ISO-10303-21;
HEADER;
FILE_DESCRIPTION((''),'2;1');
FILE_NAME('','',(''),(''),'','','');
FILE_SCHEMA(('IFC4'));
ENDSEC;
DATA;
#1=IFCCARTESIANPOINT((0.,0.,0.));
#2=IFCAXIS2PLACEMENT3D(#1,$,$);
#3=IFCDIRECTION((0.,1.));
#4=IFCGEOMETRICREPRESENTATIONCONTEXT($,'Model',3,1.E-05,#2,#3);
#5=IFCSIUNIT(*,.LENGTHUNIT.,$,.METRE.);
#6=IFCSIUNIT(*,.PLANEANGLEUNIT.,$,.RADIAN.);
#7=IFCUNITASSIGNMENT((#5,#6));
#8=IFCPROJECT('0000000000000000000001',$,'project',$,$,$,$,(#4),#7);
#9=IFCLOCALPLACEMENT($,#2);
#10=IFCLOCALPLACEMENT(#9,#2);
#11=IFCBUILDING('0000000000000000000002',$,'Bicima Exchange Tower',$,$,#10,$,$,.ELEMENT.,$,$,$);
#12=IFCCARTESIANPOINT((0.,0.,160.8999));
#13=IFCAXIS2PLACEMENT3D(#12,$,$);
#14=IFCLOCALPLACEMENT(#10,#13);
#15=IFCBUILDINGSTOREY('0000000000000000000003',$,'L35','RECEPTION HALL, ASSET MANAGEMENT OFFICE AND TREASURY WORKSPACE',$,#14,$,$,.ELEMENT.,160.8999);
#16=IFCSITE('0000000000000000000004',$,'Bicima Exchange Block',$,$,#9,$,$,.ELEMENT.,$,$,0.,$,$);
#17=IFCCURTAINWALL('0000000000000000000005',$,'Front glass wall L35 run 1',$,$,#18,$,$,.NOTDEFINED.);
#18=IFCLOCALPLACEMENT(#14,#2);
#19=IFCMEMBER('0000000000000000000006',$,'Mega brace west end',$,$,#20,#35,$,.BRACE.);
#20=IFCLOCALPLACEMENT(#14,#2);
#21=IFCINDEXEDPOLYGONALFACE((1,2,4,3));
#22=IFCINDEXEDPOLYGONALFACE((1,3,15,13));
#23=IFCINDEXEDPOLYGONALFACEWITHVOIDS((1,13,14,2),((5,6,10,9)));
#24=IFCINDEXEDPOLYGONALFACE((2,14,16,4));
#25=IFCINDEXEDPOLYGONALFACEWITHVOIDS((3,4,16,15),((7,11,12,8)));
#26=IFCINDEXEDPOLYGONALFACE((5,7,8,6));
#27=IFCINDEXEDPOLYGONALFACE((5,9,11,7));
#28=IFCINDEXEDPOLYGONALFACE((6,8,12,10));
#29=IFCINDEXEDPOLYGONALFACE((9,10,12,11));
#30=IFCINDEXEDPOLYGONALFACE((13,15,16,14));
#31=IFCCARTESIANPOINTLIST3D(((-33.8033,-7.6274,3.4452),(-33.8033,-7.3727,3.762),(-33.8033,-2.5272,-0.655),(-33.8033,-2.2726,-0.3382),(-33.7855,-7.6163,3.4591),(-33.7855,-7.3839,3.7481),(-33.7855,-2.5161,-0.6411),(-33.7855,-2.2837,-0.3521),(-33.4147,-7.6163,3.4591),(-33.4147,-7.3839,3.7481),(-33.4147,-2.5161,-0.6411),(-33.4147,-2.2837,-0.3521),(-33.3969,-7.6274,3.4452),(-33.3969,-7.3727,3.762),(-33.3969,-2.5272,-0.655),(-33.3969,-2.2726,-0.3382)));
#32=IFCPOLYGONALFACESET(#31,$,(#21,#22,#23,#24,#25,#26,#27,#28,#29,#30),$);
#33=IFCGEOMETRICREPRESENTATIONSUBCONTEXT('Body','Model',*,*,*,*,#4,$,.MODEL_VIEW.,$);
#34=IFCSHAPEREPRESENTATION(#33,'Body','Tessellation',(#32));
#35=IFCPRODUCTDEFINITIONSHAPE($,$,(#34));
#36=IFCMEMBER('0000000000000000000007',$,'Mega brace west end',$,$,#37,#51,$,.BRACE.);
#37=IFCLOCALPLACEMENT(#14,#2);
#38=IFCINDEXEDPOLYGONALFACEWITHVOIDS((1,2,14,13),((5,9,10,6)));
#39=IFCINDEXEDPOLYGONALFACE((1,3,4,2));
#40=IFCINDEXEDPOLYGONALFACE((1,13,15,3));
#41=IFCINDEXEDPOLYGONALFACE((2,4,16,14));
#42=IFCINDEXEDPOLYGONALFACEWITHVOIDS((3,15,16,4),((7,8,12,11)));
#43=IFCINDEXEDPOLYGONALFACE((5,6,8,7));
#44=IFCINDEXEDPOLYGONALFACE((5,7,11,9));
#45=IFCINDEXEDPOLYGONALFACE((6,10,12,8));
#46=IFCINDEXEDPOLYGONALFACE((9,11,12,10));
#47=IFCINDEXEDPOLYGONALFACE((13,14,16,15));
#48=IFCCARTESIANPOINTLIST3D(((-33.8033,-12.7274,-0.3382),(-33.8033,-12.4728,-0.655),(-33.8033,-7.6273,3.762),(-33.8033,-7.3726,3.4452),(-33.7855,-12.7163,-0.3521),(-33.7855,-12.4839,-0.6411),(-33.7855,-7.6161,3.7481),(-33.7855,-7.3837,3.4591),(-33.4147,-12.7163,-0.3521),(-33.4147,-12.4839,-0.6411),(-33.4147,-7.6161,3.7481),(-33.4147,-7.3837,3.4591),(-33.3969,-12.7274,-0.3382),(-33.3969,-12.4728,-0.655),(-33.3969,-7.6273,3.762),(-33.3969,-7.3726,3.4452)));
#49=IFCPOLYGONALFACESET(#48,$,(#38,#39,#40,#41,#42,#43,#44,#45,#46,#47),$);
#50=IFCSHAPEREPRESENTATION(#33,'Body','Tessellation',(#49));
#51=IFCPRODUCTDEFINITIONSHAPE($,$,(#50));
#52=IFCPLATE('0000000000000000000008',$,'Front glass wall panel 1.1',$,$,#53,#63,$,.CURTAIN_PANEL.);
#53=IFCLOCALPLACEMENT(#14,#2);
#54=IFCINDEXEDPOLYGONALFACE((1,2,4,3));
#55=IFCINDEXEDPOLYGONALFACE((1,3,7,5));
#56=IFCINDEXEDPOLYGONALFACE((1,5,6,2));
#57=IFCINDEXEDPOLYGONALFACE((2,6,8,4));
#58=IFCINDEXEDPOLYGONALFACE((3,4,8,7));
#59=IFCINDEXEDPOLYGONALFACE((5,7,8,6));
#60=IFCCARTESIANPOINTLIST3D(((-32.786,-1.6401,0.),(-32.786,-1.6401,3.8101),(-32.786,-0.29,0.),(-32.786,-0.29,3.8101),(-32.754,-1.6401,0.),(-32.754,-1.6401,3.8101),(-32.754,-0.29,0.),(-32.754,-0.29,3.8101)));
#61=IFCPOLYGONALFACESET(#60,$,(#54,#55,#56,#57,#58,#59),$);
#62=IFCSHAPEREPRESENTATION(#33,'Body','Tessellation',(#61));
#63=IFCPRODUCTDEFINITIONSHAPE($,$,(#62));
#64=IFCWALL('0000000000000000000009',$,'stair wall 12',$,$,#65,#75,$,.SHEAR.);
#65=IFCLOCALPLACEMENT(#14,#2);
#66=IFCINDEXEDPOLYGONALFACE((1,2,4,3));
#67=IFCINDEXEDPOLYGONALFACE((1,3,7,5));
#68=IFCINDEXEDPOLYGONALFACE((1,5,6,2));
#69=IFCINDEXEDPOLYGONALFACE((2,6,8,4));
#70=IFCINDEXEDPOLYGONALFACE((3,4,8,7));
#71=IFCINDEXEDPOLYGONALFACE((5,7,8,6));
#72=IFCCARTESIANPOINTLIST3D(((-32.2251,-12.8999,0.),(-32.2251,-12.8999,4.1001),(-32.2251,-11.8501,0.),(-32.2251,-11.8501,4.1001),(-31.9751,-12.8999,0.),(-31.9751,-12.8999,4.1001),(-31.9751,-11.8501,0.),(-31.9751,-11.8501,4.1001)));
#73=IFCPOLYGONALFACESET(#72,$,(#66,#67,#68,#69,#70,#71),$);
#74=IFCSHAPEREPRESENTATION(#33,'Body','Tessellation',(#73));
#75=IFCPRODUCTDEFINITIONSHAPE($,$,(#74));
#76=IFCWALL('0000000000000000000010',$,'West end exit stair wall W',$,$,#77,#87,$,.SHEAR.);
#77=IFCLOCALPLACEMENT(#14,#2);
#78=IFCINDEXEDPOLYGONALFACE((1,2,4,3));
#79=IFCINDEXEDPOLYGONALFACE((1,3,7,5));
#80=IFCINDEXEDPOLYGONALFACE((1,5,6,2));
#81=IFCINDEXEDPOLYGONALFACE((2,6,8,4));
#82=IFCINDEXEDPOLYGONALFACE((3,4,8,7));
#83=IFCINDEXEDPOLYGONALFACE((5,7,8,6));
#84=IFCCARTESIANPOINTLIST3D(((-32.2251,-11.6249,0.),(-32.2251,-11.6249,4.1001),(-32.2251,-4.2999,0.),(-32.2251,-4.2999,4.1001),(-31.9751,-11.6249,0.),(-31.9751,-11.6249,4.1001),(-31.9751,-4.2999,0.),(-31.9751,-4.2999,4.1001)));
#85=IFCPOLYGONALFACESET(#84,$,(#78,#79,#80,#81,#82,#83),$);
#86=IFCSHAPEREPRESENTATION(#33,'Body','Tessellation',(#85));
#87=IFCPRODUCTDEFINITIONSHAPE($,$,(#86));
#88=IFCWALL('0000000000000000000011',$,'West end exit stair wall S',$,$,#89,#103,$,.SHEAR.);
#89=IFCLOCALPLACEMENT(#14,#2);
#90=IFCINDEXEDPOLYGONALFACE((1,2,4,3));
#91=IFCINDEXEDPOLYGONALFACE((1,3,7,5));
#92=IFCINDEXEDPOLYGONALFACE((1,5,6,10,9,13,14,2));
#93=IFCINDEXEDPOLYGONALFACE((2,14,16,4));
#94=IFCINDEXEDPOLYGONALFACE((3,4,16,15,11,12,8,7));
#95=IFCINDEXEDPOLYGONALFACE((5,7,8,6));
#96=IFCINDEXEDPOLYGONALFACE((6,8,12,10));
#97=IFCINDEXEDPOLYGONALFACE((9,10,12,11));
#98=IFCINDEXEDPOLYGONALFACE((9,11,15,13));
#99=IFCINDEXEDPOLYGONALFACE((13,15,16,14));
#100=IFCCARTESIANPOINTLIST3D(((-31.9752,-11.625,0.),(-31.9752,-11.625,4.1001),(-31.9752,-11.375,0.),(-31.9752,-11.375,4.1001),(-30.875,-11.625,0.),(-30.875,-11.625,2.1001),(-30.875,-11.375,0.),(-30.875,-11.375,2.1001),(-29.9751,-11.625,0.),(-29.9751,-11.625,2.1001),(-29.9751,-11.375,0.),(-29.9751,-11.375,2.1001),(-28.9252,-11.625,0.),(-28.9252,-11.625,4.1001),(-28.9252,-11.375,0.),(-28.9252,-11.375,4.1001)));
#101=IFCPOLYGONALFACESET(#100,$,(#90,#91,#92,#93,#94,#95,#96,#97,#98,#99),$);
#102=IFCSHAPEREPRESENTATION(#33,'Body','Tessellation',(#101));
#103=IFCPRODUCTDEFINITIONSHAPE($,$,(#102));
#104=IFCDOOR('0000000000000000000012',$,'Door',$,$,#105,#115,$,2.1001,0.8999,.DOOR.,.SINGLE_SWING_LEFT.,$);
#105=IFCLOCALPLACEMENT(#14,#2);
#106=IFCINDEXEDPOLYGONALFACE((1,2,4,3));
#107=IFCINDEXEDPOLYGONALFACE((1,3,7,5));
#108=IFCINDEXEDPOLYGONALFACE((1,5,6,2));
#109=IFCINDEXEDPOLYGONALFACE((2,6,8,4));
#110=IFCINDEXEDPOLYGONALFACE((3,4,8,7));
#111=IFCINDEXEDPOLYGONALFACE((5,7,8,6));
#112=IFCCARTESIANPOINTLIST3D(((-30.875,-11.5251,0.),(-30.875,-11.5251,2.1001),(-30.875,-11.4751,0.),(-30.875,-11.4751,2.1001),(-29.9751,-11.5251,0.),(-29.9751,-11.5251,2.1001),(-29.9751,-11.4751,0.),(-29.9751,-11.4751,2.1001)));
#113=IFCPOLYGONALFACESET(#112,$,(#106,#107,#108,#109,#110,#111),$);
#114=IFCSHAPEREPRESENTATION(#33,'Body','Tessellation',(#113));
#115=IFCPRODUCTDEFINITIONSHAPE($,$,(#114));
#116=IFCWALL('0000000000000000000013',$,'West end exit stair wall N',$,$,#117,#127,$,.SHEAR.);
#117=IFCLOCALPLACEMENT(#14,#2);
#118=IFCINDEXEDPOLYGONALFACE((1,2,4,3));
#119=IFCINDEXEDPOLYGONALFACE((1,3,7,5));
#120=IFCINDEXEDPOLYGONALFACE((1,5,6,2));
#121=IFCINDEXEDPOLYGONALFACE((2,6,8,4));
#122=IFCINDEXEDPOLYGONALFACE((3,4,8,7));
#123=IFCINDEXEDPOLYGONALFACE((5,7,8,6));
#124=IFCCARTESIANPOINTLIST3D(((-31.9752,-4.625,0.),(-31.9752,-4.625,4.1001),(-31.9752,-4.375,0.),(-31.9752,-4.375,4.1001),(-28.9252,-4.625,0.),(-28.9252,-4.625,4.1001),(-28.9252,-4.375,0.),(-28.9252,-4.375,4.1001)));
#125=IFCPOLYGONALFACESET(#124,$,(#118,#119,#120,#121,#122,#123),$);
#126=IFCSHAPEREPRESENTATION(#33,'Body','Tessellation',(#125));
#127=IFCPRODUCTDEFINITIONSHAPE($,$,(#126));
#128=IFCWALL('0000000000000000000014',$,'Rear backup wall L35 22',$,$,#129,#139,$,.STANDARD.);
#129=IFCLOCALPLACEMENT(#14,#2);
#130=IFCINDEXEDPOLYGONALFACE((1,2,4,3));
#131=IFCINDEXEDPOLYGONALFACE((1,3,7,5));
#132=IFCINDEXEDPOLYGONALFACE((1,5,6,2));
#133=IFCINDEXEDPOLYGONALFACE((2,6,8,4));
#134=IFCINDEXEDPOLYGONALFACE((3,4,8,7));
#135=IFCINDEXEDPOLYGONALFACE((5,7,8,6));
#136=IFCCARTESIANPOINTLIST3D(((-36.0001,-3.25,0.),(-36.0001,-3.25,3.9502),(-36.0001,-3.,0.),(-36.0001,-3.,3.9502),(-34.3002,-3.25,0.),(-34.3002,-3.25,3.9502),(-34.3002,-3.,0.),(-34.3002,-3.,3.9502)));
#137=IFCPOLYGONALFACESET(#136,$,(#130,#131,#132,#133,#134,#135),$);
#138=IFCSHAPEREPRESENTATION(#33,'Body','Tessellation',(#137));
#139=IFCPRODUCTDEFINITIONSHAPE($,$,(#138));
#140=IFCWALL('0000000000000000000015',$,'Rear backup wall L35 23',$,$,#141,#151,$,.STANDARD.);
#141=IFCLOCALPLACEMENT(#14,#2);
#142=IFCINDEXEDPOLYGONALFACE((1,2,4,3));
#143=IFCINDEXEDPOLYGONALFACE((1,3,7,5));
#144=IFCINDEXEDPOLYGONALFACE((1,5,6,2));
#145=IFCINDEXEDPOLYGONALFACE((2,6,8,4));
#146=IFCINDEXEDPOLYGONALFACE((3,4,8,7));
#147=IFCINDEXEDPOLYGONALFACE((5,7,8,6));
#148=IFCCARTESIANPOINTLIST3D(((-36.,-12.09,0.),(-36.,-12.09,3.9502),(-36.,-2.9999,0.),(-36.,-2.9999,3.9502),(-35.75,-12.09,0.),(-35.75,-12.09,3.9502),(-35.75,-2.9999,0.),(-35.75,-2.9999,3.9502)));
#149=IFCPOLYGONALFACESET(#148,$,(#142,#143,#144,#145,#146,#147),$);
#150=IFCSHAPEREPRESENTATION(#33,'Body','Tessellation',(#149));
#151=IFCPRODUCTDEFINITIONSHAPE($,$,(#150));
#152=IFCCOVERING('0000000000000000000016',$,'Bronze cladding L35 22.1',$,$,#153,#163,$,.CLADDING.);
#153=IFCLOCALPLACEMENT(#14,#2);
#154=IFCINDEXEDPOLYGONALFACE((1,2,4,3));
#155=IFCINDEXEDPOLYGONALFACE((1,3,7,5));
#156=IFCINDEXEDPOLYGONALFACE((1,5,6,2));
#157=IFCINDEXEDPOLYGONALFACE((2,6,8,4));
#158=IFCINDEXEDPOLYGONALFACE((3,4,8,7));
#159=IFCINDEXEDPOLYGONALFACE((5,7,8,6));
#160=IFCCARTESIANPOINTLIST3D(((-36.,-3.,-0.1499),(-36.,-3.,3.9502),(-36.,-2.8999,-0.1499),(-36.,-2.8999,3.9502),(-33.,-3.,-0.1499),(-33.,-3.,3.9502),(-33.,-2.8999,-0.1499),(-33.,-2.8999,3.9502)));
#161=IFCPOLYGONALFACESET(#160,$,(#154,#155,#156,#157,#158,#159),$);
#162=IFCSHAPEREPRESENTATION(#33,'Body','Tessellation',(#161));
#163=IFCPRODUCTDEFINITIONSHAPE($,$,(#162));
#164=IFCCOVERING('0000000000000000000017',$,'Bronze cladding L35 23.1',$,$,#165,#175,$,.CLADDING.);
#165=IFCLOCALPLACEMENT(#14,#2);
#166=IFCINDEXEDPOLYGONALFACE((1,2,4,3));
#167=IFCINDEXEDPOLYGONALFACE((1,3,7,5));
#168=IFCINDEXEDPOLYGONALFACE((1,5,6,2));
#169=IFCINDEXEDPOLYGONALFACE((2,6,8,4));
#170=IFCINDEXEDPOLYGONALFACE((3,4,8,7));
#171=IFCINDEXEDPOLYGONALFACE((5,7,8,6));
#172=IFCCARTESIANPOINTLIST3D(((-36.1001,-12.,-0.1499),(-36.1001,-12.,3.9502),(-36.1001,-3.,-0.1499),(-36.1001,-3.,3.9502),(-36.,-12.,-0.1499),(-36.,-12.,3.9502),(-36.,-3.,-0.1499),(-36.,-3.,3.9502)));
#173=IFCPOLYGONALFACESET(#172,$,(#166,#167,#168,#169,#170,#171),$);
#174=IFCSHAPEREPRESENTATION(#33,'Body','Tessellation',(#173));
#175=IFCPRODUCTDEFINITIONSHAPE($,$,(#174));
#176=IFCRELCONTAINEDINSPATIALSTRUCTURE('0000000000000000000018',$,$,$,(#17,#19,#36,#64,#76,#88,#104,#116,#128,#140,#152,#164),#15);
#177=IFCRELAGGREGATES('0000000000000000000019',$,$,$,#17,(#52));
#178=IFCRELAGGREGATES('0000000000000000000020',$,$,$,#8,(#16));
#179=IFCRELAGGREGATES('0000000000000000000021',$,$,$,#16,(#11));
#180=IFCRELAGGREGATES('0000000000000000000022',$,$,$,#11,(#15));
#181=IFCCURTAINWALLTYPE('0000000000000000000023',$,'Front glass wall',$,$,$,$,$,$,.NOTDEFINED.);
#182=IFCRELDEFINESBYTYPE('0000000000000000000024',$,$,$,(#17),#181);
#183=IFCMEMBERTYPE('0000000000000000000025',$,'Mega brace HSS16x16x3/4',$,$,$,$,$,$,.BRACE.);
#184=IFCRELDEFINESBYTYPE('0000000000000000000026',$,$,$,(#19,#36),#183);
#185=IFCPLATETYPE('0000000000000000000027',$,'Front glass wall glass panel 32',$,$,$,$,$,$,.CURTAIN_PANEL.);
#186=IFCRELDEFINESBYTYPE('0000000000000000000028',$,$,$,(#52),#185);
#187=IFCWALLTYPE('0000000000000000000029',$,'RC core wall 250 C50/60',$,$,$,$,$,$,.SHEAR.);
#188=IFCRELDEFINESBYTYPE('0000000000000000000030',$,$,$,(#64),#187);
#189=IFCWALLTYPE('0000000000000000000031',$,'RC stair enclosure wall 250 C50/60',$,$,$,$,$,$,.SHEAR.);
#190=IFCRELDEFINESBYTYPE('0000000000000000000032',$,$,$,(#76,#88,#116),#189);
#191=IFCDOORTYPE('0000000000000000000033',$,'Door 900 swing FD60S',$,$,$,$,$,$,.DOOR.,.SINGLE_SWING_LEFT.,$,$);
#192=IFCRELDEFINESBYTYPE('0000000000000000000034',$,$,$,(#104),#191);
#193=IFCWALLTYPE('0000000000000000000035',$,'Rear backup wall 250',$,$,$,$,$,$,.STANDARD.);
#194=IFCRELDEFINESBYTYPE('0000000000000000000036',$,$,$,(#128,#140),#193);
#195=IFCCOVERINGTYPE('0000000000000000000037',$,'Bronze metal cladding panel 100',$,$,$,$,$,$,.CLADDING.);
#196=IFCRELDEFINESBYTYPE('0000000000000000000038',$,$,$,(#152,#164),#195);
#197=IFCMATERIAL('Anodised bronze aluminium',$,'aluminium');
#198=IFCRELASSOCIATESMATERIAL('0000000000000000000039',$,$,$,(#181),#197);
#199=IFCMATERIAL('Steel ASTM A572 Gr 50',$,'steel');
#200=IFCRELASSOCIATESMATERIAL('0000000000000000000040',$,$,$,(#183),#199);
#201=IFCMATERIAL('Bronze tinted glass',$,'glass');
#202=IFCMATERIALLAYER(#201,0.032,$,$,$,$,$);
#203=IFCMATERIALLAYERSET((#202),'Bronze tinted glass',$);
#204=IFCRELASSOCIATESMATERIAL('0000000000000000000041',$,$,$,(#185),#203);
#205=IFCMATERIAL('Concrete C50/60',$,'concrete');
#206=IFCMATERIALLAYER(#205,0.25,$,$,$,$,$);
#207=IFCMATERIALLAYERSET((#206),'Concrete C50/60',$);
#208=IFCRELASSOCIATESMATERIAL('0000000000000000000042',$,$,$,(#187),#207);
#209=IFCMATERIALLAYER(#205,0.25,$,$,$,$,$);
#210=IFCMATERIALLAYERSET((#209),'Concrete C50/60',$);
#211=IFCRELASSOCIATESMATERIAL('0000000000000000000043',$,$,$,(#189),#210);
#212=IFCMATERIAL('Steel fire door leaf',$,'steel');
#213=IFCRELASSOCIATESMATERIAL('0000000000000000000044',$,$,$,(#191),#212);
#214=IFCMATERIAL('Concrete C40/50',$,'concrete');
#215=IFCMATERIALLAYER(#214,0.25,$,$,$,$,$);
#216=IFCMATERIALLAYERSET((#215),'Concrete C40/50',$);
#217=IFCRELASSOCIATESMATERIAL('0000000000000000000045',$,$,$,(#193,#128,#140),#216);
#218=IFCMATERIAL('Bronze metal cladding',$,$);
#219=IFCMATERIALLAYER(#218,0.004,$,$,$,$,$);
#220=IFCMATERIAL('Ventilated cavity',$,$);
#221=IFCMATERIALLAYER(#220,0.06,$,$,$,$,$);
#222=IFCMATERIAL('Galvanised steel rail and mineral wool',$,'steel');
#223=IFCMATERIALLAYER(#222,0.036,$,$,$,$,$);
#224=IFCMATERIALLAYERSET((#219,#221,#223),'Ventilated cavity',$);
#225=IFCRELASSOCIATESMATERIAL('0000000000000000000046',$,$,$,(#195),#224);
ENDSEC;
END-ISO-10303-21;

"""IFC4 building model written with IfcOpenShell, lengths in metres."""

from ifc_helpers import new_model, si_unit, direction, frame, frame_2d, origin, origin_2d, place, context, subcontext, project, spatial, rectangle, hollow_rectangle, extrude, material, layer, layer_set, layer_usage, material_profile, profile_set, type_object, element, fill, aggregate, save


model = new_model("IFC4")

# Units and contexts
model_context = context("Model", 3, precision=1e-05, world=origin(), true_north=direction((0.0, 1.0)))
body_context = subcontext(model_context, "Body", "Model", "MODEL_VIEW")
ifc_project = project(units=[si_unit("LENGTHUNIT", "METRE"), si_unit("PLANEANGLEUNIT", "RADIAN")], contexts=[model_context])

# Site, building, storey
site_placement = place(None, origin())
site = spatial("IfcSite", under=ifc_project, at=site_placement, Name="Bicima Exchange Block", CompositionType="ELEMENT", RefElevation=0.0)
building_placement = place(site_placement, origin())
building = spatial("IfcBuilding", under=site, at=building_placement, Name="Bicima Exchange Tower", CompositionType="ELEMENT")
storey_placement = place(building_placement, frame((0.0, 0.0, 160.8999)))
storey = spatial("IfcBuildingStorey", under=building, at=storey_placement, Name="L35", Description="RECEPTION HALL, ASSET MANAGEMENT OFFICE AND TREASURY WORKSPACE", CompositionType="ELEMENT", Elevation=160.8999)

# Shared definitions
ifc_material_1 = material(Name="Steel ASTM A572 Gr 50", Category="steel")

# Shared definitions
ifc_material_2 = material(Name="Anodised bronze aluminium", Category="aluminium")

# Curtain wall
curtain_wall_type_1 = type_object("IfcCurtainWallType", Name="Front glass wall", PredefinedType="NOTDEFINED", material=ifc_material_2)
curtain_wall_1_placement = place(storey_placement, origin())
curtain_wall_1 = element("IfcCurtainWall", 1, at=curtain_wall_1_placement, inside=storey, type_object=curtain_wall_type_1, Name="Front glass wall L35 run 1", PredefinedType="NOTDEFINED")

# Members
ifc_material_profile_1 = material_profile(ifc_material_1, hollow_rectangle(XDim=0.4065, YDim=0.4065, WallThickness=0.0178, at=origin_2d()))
ifc_profile_set_1 = profile_set([ifc_material_profile_1], Name="Steel ASTM A572 Gr 50")
member_type_1 = type_object("IfcMemberType", Name="Mega brace HSS16x16x3/4", PredefinedType="BRACE", material=ifc_profile_set_1)
for number, where, z_axis, x_axis, name in (
    (2, (-33.6001, -2.3999, -0.4966), (0.0, -0.779374, 0.626559), (1.0, 0.0, 0.0), "Mega brace west end"),
    (3, (-33.6001, -12.6001, -0.4966), (0.0, 0.779374, 0.626559), (-1.0, 0.0, 0.0), "Mega brace west end"),
):
    element("IfcMember", number, at=place(storey_placement, frame(where, z_axis=z_axis, x_axis=x_axis)), inside=storey, type_object=member_type_1, Name=name, PredefinedType="BRACE", context=body_context, shape_type="SweptSolid", body=[
        extrude(hollow_rectangle(XDim=0.4065, YDim=0.4065, WallThickness=0.0178, at=origin_2d()), origin(), (0.0, 0.0, 1.0), 6.5439),
    ])

# Plate
ifc_material_3 = material(Name="Bronze tinted glass", Category="glass")
ifc_layer_1 = layer(ifc_material_3, 0.032)
ifc_layer_set_1 = layer_set([ifc_layer_1], Name="Bronze tinted glass")
plate_type = type_object("IfcPlateType", Name="Front glass wall glass panel 32", PredefinedType="CURTAIN_PANEL", material=ifc_layer_set_1)
plate_placement = place(storey_placement, frame((-32.77, -0.9651, 0.0), z_axis=(0.0, 0.0, 1.0), x_axis=(0.0, -1.0, 0.0)))
plate = element("IfcPlate", 4, at=plate_placement, type_object=plate_type, Name="Front glass wall panel 1.1", PredefinedType="CURTAIN_PANEL", context=body_context, shape_type="SweptSolid", body=[
    extrude(rectangle(XDim=1.3501, YDim=0.032, at=origin_2d()), origin(), (0.0, 0.0, 1.0), 3.8101),
])
aggregate(curtain_wall_1, [plate])

# Walls
ifc_material_4 = material(Name="Concrete C50/60", Category="concrete")
ifc_layer_2 = layer(ifc_material_4, 0.25)
ifc_layer_set_2 = layer_set([ifc_layer_2], Name="Concrete C50/60")
wall_type_1 = type_object("IfcWallType", Name="RC core wall 250 C50/60", PredefinedType="SHEAR", material=ifc_layer_set_2)
wall_1_placement = place(storey_placement, frame((-32.1001, -12.8999, 0.0), z_axis=(0.0, 0.0, 1.0), x_axis=(0.0, 1.0, 0.0)))
element("IfcWall", 5, at=wall_1_placement, inside=storey, type_object=wall_type_1, Name="stair wall 12", PredefinedType="SHEAR", context=body_context, shape_type="SweptSolid", body=[
    extrude(rectangle(XDim=1.0498, YDim=0.25, at=frame_2d((0.5249, 0.0))), origin(), (0.0, 0.0, 1.0), 4.1001),
])
ifc_layer_3 = layer(ifc_material_4, 0.25)
ifc_layer_set_3 = layer_set([ifc_layer_3], Name="Concrete C50/60")
wall_type_2 = type_object("IfcWallType", Name="RC stair enclosure wall 250 C50/60", PredefinedType="SHEAR", material=ifc_layer_set_3)
wall_2_placement = place(storey_placement, frame((-32.1001, -11.625, 0.0), z_axis=(0.0, 0.0, 1.0), x_axis=(0.0, 1.0, 0.0)))
element("IfcWall", 6, at=wall_2_placement, inside=storey, type_object=wall_type_2, Name="West end exit stair wall W", PredefinedType="SHEAR", context=body_context, shape_type="SweptSolid", body=[
    extrude(rectangle(XDim=7.325, YDim=0.25, at=frame_2d((3.6626, 0.0))), origin(), (0.0, 0.0, 1.0), 4.1001),
])

# Wall, opening, door
wall_3_placement = place(storey_placement, frame((-31.9751, -11.5, 0.0), z_axis=(0.0, 0.0, 1.0), x_axis=(1.0, 0.0, 0.0)))
wall_3 = element("IfcWall", 7, at=wall_3_placement, inside=storey, type_object=wall_type_2, Name="West end exit stair wall S", PredefinedType="SHEAR", context=body_context, shape_type="SweptSolid", body=[
    extrude(rectangle(XDim=3.05, YDim=0.25, at=frame_2d((1.5249, 0.0))), origin(), (0.0, 0.0, 1.0), 4.1001),
])
opening_placement = place(wall_3_placement, frame((1.1001, 0.0, 0.0)))
opening = element("IfcOpeningElement", 8, at=opening_placement, cuts=wall_3, PredefinedType="OPENING", context=body_context, shape_type="SweptSolid", body=[
    extrude(rectangle(XDim=0.8999, YDim=2.1001, at=frame_2d((0.45, 1.05))), frame((0.0, 0.137, 0.0), z_axis=(0.0, -1.0, 0.0), x_axis=(1.0, 0.0, 0.0)), (0.0, 0.0, 1.0), 0.2739),
])
ifc_material_5 = material(Name="Steel fire door leaf", Category="steel")
door_type = type_object("IfcDoorType", Name="Door 900 swing FD60S", OperationType="SINGLE_SWING_LEFT", PredefinedType="DOOR", material=ifc_material_5)
door_placement = place(opening_placement, origin())
door = element("IfcDoor", 9, at=door_placement, inside=storey, type_object=door_type, Name="Door", OperationType="SINGLE_SWING_LEFT", OverallHeight=2.1001, OverallWidth=0.8999, PredefinedType="DOOR", context=body_context, shape_type="SweptSolid", body=[
    extrude(rectangle(XDim=0.8999, YDim=2.1001, at=frame_2d((0.45, 1.05))), frame((0.0, 0.0249, 0.0), z_axis=(0.0, -1.0, 0.0), x_axis=(1.0, 0.0, 0.0)), (0.0, 0.0, 1.0), 0.05),
])
fill(opening, door)

# Walls
wall_4_placement = place(storey_placement, frame((-31.9751, -4.5, 0.0), z_axis=(0.0, 0.0, 1.0), x_axis=(1.0, 0.0, 0.0)))
element("IfcWall", 10, at=wall_4_placement, inside=storey, type_object=wall_type_2, Name="West end exit stair wall N", PredefinedType="SHEAR", context=body_context, shape_type="SweptSolid", body=[
    extrude(rectangle(XDim=3.05, YDim=0.25, at=frame_2d((1.5249, 0.0))), origin(), (0.0, 0.0, 1.0), 4.1001),
])
ifc_material_6 = material(Name="Concrete C40/50", Category="concrete")
ifc_layer_4 = layer(ifc_material_6, 0.25)
ifc_layer_set_4 = layer_set([ifc_layer_4], Name="Concrete C40/50")
ifc_layer_usage = layer_usage(ifc_layer_set_4, "AXIS2", "POSITIVE", -0.125)
wall_type_3 = type_object("IfcWallType", Name="Rear backup wall 250", PredefinedType="STANDARD", material=ifc_layer_set_4)
wall_5_placement = place(storey_placement, frame((-34.3, -3.125, 0.0), z_axis=(0.0, 0.0, 1.0), x_axis=(-1.0, 0.0, 0.0)))
element("IfcWall", 11, at=wall_5_placement, inside=storey, type_object=wall_type_3, material=ifc_layer_usage, Name="Rear backup wall L35 22", PredefinedType="STANDARD", context=body_context, shape_type="SweptSolid", body=[
    extrude(rectangle(XDim=1.7, YDim=0.25, at=frame_2d((0.8501, 0.0))), origin(), (0.0, 0.0, 1.0), 3.9502),
])
wall_6_placement = place(storey_placement, frame((-35.875, -3.0, 0.0), z_axis=(0.0, 0.0, 1.0), x_axis=(0.0, -1.0, 0.0)))
element("IfcWall", 12, at=wall_6_placement, inside=storey, type_object=wall_type_3, material=ifc_layer_usage, Name="Rear backup wall L35 23", PredefinedType="STANDARD", context=body_context, shape_type="SweptSolid", body=[
    extrude(rectangle(XDim=9.0901, YDim=0.25, at=frame_2d((4.5449, 0.0))), origin(), (0.0, 0.0, 1.0), 3.9502),
])

# Coverings
ifc_material_7 = material(Name="Bronze metal cladding")
ifc_layer_5 = layer(ifc_material_7, 0.004)
ifc_material_8 = material(Name="Ventilated cavity")
ifc_layer_6 = layer(ifc_material_8, 0.06)
ifc_material_9 = material(Name="Galvanised steel rail and mineral wool", Category="steel")
ifc_layer_7 = layer(ifc_material_9, 0.036)
ifc_layer_set_5 = layer_set([ifc_layer_5, ifc_layer_6, ifc_layer_7], Name="Ventilated cavity")
covering_type = type_object("IfcCoveringType", Name="Bronze metal cladding panel 100", PredefinedType="CLADDING", material=ifc_layer_set_5)
covering_1_placement = place(storey_placement, frame((-34.5, -2.95, -0.1499), z_axis=(0.0, 0.0, 1.0), x_axis=(-1.0, 0.0, 0.0)))
element("IfcCovering", 13, at=covering_1_placement, inside=storey, type_object=covering_type, Name="Bronze cladding L35 22.1", PredefinedType="CLADDING", context=body_context, shape_type="SweptSolid", body=[
    extrude(rectangle(XDim=3.0, YDim=0.1001, at=origin_2d()), origin(), (0.0, 0.0, 1.0), 4.1001),
])
covering_2_placement = place(storey_placement, frame((-36.05, -7.5, -0.1499), z_axis=(0.0, 0.0, 1.0), x_axis=(0.0, -1.0, 0.0)))
element("IfcCovering", 14, at=covering_2_placement, inside=storey, type_object=covering_type, Name="Bronze cladding L35 23.1", PredefinedType="CLADDING", context=body_context, shape_type="SweptSolid", body=[
    extrude(rectangle(XDim=9.0, YDim=0.1001, at=origin_2d()), origin(), (0.0, 0.0, 1.0), 4.1001),
])

save(model, "model.ifc")
